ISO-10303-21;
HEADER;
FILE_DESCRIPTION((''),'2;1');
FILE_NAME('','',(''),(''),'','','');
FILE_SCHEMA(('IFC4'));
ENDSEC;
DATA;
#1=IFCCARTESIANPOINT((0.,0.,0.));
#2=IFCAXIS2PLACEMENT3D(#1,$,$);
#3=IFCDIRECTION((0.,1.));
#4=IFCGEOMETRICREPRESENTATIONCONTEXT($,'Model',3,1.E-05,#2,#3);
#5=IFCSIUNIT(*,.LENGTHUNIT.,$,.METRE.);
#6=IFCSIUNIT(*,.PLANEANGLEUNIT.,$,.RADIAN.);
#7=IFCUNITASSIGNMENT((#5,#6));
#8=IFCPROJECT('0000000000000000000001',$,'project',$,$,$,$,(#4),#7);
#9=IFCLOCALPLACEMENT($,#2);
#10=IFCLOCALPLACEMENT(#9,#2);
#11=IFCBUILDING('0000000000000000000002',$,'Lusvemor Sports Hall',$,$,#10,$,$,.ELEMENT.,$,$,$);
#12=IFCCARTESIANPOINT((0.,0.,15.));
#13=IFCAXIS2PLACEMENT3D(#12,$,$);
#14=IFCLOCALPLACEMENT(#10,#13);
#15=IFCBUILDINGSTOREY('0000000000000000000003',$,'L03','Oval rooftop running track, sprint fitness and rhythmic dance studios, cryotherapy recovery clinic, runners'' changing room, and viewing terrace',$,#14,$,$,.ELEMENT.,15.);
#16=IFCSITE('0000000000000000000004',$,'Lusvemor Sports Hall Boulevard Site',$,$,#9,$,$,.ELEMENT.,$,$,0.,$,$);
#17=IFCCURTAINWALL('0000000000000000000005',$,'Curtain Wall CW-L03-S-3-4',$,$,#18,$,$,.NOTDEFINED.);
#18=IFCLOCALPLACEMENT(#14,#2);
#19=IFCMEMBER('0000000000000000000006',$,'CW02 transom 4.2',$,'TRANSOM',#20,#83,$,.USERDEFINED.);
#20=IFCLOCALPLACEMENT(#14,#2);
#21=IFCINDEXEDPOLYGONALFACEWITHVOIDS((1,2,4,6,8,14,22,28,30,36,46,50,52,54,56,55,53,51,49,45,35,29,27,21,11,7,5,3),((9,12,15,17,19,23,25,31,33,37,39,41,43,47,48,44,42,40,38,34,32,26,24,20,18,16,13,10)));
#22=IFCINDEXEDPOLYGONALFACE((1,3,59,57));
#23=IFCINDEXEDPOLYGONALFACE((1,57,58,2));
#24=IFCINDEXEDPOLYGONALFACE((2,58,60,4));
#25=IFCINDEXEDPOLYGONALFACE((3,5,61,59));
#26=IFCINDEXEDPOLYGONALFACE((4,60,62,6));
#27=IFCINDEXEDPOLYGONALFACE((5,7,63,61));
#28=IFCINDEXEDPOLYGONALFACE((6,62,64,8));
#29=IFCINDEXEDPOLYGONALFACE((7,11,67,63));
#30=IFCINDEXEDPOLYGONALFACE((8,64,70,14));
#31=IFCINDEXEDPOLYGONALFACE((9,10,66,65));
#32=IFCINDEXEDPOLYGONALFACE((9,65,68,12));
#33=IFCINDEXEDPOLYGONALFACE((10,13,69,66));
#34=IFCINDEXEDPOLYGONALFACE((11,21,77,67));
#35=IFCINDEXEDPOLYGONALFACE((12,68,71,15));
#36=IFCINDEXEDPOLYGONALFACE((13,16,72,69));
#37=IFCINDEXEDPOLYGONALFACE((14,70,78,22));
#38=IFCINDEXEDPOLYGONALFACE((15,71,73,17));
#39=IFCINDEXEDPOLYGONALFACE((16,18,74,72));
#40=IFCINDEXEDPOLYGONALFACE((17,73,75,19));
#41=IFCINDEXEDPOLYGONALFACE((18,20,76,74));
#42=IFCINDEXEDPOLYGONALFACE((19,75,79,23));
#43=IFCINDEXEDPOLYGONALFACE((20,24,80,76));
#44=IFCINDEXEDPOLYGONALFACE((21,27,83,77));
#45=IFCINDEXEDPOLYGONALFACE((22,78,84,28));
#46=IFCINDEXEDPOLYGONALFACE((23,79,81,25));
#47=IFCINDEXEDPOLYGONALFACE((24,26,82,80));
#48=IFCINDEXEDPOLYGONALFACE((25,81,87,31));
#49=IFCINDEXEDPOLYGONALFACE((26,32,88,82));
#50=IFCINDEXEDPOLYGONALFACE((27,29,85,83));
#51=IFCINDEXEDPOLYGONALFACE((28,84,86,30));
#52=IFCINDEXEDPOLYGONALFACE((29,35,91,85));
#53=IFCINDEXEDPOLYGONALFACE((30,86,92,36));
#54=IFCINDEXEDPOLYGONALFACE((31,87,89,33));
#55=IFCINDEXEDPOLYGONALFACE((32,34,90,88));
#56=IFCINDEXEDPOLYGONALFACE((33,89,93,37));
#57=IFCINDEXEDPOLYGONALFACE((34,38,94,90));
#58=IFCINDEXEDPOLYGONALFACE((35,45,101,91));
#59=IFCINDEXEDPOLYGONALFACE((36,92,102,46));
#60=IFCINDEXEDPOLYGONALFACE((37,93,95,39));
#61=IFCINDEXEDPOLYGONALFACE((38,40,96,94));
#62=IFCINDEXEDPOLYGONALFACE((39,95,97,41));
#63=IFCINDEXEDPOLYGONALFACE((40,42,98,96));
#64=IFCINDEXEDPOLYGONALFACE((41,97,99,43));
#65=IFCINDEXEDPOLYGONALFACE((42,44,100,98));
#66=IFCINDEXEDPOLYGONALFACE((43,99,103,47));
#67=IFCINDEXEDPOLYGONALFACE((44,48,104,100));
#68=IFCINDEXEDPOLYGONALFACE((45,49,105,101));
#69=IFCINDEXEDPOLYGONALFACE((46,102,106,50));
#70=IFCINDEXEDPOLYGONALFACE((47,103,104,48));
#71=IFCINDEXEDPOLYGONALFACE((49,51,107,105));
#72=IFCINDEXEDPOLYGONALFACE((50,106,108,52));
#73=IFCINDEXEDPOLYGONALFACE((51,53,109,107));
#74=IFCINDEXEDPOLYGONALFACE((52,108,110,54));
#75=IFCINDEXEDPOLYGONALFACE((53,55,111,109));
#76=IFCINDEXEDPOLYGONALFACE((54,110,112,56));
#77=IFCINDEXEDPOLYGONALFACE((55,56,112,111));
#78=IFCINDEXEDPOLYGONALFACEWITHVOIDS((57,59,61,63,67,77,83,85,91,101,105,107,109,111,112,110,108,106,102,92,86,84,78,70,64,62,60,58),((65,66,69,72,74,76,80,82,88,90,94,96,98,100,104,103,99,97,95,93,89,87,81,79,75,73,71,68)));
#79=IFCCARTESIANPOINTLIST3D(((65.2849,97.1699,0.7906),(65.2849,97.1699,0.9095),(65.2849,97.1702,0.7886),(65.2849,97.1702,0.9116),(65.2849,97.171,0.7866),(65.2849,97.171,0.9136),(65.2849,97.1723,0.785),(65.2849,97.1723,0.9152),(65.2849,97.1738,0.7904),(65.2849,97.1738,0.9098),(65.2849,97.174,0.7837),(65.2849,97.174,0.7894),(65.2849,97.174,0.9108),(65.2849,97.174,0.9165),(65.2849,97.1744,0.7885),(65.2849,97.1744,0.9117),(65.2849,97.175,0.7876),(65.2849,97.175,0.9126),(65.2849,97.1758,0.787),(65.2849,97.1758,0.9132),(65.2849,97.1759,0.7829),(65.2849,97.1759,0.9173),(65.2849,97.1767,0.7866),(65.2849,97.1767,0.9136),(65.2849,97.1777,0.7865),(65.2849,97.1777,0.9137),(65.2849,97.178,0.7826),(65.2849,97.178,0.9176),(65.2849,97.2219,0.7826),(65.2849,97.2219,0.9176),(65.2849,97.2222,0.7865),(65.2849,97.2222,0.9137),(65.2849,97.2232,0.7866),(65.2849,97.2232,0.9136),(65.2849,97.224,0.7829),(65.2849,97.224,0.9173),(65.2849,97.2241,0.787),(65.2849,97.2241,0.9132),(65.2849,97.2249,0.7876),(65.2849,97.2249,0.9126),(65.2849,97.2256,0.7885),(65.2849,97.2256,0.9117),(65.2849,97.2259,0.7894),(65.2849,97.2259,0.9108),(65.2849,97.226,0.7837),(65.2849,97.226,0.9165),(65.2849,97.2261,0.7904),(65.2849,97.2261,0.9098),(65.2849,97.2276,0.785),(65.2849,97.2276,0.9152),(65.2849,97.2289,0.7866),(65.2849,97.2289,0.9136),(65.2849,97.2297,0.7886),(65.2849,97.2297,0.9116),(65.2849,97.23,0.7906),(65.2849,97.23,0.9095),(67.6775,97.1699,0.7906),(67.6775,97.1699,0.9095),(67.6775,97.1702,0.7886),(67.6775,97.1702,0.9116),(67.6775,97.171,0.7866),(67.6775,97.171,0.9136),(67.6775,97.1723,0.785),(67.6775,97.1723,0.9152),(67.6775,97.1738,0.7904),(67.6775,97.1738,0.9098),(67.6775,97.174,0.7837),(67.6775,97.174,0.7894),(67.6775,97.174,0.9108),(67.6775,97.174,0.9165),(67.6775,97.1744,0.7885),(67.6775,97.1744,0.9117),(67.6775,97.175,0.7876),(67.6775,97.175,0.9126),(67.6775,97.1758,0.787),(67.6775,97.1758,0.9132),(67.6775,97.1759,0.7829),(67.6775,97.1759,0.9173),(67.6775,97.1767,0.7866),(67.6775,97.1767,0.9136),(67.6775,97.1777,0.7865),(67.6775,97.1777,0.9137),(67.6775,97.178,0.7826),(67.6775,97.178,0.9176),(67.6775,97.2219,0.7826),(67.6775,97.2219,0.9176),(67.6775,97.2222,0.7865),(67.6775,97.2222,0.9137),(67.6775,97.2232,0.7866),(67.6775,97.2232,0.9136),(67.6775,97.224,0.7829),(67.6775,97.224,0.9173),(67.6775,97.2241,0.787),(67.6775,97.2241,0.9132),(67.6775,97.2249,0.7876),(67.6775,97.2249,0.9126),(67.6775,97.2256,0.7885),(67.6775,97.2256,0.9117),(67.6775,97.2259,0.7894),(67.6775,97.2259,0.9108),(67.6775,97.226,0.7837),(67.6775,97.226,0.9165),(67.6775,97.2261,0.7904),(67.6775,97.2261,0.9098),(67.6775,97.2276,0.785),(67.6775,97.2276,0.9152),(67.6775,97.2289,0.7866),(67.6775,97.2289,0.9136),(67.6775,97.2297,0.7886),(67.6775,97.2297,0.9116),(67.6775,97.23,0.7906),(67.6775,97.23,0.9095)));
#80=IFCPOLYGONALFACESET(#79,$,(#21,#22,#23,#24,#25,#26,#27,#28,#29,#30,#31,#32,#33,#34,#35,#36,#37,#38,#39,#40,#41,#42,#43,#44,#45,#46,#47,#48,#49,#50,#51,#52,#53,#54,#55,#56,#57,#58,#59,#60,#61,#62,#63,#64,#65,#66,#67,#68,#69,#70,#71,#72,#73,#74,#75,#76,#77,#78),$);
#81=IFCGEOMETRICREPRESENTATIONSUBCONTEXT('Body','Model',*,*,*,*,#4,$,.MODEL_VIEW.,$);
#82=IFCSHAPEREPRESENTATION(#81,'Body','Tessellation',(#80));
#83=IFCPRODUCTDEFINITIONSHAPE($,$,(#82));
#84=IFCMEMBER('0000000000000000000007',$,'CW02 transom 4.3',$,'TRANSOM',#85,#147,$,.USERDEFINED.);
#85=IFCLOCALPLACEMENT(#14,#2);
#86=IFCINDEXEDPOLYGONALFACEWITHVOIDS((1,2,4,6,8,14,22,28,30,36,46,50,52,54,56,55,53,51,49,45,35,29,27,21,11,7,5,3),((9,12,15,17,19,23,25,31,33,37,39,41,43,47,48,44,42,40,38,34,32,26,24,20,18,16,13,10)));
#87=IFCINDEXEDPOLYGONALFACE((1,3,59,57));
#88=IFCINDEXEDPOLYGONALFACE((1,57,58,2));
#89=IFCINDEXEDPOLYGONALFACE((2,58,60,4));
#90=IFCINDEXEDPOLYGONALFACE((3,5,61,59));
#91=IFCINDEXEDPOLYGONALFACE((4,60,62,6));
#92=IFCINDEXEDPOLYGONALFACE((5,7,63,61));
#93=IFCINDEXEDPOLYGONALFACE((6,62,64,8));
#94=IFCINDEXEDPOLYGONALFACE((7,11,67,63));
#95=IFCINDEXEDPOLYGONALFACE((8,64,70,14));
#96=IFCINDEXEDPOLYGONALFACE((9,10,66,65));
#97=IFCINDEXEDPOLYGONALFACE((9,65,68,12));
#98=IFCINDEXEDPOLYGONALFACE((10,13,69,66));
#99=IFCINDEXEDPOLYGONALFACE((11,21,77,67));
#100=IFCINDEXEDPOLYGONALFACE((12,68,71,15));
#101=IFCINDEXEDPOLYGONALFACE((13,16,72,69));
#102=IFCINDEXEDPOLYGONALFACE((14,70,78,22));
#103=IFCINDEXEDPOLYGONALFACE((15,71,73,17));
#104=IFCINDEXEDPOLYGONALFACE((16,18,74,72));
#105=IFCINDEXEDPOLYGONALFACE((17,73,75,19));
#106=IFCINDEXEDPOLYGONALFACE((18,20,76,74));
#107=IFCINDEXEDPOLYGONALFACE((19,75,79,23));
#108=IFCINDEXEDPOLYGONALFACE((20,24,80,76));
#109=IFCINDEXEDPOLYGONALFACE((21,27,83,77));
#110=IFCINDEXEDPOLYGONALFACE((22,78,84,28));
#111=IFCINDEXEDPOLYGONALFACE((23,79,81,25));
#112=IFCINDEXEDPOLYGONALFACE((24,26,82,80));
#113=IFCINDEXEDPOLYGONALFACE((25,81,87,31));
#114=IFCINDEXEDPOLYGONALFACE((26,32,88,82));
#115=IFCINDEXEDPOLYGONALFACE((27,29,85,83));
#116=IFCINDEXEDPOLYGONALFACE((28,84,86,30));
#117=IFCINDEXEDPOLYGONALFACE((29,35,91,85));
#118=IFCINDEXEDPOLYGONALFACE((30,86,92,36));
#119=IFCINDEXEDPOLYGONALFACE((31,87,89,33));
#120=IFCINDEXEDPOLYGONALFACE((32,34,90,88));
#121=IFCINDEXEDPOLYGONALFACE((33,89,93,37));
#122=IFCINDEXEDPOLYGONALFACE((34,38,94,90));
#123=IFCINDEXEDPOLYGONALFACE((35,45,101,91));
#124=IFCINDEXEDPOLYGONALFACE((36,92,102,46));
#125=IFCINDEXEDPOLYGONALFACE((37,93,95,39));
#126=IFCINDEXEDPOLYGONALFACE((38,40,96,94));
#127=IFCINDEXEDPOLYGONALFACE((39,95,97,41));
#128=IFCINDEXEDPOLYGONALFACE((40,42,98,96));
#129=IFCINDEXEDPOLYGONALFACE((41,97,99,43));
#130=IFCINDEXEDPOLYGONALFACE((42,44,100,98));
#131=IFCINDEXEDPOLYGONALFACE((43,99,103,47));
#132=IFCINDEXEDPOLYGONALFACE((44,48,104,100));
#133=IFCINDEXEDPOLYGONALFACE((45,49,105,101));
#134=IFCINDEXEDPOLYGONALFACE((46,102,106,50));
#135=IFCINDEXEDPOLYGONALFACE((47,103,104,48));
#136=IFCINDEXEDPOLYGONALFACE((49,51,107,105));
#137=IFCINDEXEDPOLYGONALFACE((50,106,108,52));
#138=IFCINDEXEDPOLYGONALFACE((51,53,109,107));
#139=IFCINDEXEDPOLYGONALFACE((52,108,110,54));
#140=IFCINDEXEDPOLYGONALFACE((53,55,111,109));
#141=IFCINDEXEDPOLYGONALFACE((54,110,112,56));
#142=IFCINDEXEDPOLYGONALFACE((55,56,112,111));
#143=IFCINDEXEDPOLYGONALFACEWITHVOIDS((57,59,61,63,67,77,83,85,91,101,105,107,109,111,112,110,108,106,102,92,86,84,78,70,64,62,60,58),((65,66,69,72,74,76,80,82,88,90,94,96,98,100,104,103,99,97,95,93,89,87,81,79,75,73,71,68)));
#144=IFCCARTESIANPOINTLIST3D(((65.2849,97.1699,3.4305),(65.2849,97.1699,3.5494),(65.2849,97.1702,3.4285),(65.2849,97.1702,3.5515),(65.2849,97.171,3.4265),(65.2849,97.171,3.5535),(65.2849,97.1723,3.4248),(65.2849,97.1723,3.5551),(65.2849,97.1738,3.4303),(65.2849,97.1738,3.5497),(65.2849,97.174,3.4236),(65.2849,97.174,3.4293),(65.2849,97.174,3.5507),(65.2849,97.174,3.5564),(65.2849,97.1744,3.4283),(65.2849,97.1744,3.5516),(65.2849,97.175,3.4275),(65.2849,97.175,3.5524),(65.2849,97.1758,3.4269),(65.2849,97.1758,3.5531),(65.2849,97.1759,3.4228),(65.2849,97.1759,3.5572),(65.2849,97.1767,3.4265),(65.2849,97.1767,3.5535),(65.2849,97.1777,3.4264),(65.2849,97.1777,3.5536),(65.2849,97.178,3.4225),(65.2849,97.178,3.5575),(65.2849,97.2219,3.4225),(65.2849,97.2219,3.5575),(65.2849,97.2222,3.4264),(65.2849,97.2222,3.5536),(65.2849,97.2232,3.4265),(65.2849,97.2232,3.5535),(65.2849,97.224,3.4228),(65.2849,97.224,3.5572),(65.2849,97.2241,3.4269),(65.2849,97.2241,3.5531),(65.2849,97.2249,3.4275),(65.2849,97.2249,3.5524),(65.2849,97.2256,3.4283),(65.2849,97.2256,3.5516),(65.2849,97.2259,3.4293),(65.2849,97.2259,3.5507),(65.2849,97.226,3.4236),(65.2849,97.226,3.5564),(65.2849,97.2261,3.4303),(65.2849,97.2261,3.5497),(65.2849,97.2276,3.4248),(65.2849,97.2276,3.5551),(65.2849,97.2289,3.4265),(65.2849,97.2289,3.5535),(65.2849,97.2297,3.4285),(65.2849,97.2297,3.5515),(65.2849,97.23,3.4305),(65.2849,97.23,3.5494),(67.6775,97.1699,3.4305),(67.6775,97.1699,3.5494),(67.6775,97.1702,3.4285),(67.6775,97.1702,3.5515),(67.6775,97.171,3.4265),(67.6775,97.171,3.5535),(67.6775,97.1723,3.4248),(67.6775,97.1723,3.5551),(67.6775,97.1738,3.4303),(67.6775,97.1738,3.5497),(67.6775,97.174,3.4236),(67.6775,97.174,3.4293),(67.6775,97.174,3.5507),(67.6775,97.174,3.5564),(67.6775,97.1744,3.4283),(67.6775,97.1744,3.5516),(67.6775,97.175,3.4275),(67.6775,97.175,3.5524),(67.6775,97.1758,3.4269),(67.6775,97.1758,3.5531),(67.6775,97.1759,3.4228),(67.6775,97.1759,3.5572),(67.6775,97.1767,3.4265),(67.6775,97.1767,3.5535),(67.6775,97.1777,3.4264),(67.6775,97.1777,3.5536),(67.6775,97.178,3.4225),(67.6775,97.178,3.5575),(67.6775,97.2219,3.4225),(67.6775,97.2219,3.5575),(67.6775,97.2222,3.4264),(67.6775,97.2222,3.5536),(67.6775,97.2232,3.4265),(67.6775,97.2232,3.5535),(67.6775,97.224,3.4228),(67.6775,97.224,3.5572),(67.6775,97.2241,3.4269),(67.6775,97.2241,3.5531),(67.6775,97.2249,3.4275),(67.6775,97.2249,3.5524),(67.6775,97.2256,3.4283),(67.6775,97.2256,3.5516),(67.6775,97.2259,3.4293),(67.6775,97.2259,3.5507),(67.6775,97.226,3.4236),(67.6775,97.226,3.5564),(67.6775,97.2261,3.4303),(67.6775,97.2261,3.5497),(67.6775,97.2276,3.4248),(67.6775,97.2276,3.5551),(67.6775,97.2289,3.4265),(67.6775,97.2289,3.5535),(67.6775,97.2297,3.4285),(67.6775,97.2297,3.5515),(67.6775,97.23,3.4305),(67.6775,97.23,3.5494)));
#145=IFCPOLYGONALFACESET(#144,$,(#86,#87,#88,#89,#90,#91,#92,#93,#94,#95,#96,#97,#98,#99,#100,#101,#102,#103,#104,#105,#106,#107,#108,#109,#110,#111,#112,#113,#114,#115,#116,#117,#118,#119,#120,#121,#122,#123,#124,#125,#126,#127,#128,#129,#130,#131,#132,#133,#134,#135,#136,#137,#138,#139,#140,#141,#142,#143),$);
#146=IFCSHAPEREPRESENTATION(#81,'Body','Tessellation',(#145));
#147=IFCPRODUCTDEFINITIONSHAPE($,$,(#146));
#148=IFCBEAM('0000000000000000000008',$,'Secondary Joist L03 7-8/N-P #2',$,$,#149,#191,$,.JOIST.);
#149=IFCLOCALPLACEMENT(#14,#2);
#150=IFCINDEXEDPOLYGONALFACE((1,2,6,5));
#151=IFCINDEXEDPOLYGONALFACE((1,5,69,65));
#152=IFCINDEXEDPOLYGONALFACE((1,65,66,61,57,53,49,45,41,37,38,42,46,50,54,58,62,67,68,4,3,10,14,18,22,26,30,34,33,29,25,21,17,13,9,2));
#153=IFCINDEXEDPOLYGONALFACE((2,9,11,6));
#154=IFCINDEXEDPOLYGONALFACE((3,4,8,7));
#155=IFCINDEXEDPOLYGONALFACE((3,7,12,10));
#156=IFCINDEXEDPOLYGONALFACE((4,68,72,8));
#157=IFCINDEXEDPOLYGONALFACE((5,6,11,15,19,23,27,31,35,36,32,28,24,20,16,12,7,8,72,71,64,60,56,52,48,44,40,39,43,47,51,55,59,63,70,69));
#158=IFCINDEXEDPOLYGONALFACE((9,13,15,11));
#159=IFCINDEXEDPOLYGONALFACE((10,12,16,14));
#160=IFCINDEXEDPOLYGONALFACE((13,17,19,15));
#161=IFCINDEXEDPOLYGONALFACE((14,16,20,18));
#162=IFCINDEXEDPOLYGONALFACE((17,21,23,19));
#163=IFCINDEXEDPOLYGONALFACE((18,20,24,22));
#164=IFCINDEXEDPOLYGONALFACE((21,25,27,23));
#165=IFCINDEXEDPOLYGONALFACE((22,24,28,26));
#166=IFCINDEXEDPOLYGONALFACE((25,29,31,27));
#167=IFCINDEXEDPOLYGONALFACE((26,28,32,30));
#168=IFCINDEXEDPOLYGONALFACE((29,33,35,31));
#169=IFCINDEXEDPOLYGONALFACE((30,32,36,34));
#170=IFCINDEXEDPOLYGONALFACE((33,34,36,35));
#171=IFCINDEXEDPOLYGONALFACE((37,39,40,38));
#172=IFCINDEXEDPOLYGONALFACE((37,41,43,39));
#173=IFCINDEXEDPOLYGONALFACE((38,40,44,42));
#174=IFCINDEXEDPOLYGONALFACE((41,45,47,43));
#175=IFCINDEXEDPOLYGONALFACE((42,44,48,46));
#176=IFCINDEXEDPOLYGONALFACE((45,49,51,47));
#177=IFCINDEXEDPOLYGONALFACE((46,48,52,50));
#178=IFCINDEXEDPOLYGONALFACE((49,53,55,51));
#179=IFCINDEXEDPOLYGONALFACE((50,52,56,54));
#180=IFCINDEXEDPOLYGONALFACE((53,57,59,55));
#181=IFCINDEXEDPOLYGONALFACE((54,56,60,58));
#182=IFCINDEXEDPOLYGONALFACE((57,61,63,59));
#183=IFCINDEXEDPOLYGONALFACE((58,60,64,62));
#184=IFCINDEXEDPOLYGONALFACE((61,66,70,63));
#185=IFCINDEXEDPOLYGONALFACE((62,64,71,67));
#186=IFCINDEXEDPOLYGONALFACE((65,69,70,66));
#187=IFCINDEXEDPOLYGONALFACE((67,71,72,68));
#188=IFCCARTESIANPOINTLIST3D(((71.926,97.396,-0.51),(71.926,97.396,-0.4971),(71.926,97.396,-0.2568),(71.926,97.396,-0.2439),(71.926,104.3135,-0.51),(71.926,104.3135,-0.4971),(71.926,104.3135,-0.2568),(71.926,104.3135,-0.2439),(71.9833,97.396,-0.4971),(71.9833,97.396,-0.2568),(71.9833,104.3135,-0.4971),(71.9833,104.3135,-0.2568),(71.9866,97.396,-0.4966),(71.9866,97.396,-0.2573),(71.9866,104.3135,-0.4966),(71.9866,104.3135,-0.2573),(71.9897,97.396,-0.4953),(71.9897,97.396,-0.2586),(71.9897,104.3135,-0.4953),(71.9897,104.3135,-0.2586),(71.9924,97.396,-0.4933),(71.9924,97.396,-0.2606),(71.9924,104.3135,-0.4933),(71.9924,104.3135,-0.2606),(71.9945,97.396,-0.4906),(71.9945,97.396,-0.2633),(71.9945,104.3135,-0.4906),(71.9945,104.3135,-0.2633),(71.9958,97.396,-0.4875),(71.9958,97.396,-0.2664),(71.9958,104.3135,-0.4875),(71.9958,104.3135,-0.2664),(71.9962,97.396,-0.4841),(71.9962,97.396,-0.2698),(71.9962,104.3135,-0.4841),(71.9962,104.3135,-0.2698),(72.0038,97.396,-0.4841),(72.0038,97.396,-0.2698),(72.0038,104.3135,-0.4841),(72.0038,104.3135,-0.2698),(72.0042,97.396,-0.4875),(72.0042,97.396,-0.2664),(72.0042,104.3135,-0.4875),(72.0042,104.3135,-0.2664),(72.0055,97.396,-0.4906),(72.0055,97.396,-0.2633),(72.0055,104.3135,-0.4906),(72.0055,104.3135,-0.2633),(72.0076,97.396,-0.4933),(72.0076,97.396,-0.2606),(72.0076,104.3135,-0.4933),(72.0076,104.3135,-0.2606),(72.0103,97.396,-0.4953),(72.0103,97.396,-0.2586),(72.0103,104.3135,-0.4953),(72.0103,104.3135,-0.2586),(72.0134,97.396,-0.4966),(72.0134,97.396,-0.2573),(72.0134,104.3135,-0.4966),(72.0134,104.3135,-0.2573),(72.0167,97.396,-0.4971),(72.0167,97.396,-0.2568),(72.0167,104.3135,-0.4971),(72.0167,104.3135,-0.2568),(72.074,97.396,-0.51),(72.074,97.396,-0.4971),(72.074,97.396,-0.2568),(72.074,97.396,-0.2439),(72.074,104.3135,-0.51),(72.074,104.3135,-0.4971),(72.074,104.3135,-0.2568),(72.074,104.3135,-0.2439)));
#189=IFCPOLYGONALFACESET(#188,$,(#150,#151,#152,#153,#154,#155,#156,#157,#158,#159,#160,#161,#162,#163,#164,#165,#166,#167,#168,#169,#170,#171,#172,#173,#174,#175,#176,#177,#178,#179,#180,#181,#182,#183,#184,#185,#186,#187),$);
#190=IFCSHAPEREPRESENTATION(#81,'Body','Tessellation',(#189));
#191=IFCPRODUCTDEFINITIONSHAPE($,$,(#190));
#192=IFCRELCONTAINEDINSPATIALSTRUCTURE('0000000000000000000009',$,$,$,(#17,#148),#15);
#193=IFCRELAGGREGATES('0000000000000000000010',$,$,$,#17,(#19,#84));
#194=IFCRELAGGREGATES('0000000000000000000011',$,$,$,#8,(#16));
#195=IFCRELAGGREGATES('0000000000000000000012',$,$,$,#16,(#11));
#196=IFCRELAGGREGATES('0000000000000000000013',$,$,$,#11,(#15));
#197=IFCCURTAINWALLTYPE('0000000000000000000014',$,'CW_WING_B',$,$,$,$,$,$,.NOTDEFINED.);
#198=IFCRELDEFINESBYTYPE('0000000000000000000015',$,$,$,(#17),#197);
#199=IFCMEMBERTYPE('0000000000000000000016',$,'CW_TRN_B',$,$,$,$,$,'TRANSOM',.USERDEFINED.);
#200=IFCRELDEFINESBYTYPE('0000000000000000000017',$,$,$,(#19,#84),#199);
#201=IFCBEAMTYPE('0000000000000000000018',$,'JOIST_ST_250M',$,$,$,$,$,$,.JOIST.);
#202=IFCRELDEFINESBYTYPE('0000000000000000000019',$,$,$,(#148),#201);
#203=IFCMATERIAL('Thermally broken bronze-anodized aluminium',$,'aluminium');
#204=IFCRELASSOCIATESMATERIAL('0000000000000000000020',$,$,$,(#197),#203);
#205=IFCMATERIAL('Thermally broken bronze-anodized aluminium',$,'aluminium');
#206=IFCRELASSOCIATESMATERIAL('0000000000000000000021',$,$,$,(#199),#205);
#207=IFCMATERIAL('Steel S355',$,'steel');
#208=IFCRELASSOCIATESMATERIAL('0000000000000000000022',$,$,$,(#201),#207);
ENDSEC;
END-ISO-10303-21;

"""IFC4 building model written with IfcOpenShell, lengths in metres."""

from ifc_helpers import new_model, si_unit, direction, frame, origin, origin_2d, place, context, subcontext, project, spatial, hollow_rectangle, i_section, extrude, material, material_profile, profile_set, type_object, element, aggregate, save


model = new_model("IFC4")

# Units and contexts
model_context = context("Model", 3, precision=1e-05, world=origin(), true_north=direction((0.0, 1.0)))
body_context = subcontext(model_context, "Body", "Model", "MODEL_VIEW")
ifc_project = project(units=[si_unit("LENGTHUNIT", "METRE"), si_unit("PLANEANGLEUNIT", "RADIAN")], contexts=[model_context])

# Site, building, storey
site_placement = place(None, origin())
site = spatial("IfcSite", under=ifc_project, at=site_placement, Name="Lusvemor Sports Hall Boulevard Site", CompositionType="ELEMENT", RefElevation=0.0)
building_placement = place(site_placement, origin())
building = spatial("IfcBuilding", under=site, at=building_placement, Name="Lusvemor Sports Hall", CompositionType="ELEMENT")
storey_placement = place(building_placement, frame((0.0, 0.0, 15.0)))
storey = spatial("IfcBuildingStorey", under=building, at=storey_placement, Name="L03", Description="Oval rooftop running track, sprint fitness and rhythmic dance studios, cryotherapy recovery clinic, runners' changing room, and viewing terrace", CompositionType="ELEMENT", Elevation=15.0)

# Curtain wall, members
ifc_material_1 = material(Name="Thermally broken bronze-anodized aluminium", Category="aluminium")
curtain_wall_type = type_object("IfcCurtainWallType", Name="CW_WING_B", PredefinedType="NOTDEFINED", material=ifc_material_1)
curtain_wall_placement = place(storey_placement, origin())
curtain_wall = element("IfcCurtainWall", 1, at=curtain_wall_placement, inside=storey, type_object=curtain_wall_type, Name="Curtain Wall CW-L03-S-3-4", PredefinedType="NOTDEFINED")
ifc_material_2 = material(Name="Thermally broken bronze-anodized aluminium", Category="aluminium")
ifc_material_profile_1 = material_profile(ifc_material_2, hollow_rectangle(XDim=0.0601, YDim=0.135, WallThickness=0.0039, InnerFilletRadius=0.0039, OuterFilletRadius=0.0081, at=origin_2d()), Name="CWTRN135x60x4")
ifc_profile_set_1 = profile_set([ifc_material_profile_1], Name="Thermally broken bronze-anodized aluminium")
member_type_1 = type_object("IfcMemberType", Name="CW_TRN_B", ElementType="TRANSOM", PredefinedType="USERDEFINED", material=ifc_profile_set_1)
member_1_placement = place(storey_placement, frame((67.6775, 97.2, 0.8501), z_axis=(-1.0, 0.0, 0.0), x_axis=(0.0, -1.0, 0.0)))
member_1 = element("IfcMember", 2, at=member_1_placement, type_object=member_type_1, Name="CW02 transom 4.2", ObjectType="TRANSOM", PredefinedType="USERDEFINED", context=body_context, shape_type="SweptSolid", body=[
    extrude(hollow_rectangle(XDim=0.0601, YDim=0.135, WallThickness=0.0039, InnerFilletRadius=0.0039, OuterFilletRadius=0.0081, at=origin_2d()), origin(), (0.0, 0.0, 1.0), 2.3926),
])
member_2_placement = place(storey_placement, frame((67.6775, 97.2, 3.49), z_axis=(-1.0, 0.0, 0.0), x_axis=(0.0, -1.0, 0.0)))
member_2 = element("IfcMember", 3, at=member_2_placement, type_object=member_type_1, Name="CW02 transom 4.3", ObjectType="TRANSOM", PredefinedType="USERDEFINED", context=body_context, shape_type="SweptSolid", body=[
    extrude(hollow_rectangle(XDim=0.0601, YDim=0.135, WallThickness=0.0039, InnerFilletRadius=0.0039, OuterFilletRadius=0.0081, at=origin_2d()), origin(), (0.0, 0.0, 1.0), 2.3926),
])

# Beam
ifc_material_3 = material(Name="Steel S355", Category="steel")
ifc_material_profile_2 = material_profile(ifc_material_3, i_section(OverallWidth=0.1479, OverallDepth=0.2661, WebThickness=0.0076, FlangeThickness=0.0129, FilletRadius=0.0129, at=origin_2d()), Name="W250x44.8")
ifc_profile_set_2 = profile_set([ifc_material_profile_2], Name="Steel S355")
beam_type_1 = type_object("IfcBeamType", Name="JOIST_ST_250M", PredefinedType="JOIST", material=ifc_profile_set_2)
beam_1_placement = place(storey_placement, frame((72.0, 97.396, -0.377), z_axis=(0.0, 1.0, 0.0), x_axis=(-1.0, 0.0, 0.0)))
element("IfcBeam", 4, at=beam_1_placement, inside=storey, type_object=beam_type_1, Name="Secondary Joist L03 7-8/N-P #2", PredefinedType="JOIST", context=body_context, shape_type="SweptSolid", body=[
    extrude(i_section(OverallWidth=0.1479, OverallDepth=0.2661, WebThickness=0.0076, FlangeThickness=0.0129, FilletRadius=0.0129, at=origin_2d()), origin(), (0.0, 0.0, 1.0), 6.9175),
])

aggregate(curtain_wall, [member_1, member_2])

save(model, "model.ifc")
